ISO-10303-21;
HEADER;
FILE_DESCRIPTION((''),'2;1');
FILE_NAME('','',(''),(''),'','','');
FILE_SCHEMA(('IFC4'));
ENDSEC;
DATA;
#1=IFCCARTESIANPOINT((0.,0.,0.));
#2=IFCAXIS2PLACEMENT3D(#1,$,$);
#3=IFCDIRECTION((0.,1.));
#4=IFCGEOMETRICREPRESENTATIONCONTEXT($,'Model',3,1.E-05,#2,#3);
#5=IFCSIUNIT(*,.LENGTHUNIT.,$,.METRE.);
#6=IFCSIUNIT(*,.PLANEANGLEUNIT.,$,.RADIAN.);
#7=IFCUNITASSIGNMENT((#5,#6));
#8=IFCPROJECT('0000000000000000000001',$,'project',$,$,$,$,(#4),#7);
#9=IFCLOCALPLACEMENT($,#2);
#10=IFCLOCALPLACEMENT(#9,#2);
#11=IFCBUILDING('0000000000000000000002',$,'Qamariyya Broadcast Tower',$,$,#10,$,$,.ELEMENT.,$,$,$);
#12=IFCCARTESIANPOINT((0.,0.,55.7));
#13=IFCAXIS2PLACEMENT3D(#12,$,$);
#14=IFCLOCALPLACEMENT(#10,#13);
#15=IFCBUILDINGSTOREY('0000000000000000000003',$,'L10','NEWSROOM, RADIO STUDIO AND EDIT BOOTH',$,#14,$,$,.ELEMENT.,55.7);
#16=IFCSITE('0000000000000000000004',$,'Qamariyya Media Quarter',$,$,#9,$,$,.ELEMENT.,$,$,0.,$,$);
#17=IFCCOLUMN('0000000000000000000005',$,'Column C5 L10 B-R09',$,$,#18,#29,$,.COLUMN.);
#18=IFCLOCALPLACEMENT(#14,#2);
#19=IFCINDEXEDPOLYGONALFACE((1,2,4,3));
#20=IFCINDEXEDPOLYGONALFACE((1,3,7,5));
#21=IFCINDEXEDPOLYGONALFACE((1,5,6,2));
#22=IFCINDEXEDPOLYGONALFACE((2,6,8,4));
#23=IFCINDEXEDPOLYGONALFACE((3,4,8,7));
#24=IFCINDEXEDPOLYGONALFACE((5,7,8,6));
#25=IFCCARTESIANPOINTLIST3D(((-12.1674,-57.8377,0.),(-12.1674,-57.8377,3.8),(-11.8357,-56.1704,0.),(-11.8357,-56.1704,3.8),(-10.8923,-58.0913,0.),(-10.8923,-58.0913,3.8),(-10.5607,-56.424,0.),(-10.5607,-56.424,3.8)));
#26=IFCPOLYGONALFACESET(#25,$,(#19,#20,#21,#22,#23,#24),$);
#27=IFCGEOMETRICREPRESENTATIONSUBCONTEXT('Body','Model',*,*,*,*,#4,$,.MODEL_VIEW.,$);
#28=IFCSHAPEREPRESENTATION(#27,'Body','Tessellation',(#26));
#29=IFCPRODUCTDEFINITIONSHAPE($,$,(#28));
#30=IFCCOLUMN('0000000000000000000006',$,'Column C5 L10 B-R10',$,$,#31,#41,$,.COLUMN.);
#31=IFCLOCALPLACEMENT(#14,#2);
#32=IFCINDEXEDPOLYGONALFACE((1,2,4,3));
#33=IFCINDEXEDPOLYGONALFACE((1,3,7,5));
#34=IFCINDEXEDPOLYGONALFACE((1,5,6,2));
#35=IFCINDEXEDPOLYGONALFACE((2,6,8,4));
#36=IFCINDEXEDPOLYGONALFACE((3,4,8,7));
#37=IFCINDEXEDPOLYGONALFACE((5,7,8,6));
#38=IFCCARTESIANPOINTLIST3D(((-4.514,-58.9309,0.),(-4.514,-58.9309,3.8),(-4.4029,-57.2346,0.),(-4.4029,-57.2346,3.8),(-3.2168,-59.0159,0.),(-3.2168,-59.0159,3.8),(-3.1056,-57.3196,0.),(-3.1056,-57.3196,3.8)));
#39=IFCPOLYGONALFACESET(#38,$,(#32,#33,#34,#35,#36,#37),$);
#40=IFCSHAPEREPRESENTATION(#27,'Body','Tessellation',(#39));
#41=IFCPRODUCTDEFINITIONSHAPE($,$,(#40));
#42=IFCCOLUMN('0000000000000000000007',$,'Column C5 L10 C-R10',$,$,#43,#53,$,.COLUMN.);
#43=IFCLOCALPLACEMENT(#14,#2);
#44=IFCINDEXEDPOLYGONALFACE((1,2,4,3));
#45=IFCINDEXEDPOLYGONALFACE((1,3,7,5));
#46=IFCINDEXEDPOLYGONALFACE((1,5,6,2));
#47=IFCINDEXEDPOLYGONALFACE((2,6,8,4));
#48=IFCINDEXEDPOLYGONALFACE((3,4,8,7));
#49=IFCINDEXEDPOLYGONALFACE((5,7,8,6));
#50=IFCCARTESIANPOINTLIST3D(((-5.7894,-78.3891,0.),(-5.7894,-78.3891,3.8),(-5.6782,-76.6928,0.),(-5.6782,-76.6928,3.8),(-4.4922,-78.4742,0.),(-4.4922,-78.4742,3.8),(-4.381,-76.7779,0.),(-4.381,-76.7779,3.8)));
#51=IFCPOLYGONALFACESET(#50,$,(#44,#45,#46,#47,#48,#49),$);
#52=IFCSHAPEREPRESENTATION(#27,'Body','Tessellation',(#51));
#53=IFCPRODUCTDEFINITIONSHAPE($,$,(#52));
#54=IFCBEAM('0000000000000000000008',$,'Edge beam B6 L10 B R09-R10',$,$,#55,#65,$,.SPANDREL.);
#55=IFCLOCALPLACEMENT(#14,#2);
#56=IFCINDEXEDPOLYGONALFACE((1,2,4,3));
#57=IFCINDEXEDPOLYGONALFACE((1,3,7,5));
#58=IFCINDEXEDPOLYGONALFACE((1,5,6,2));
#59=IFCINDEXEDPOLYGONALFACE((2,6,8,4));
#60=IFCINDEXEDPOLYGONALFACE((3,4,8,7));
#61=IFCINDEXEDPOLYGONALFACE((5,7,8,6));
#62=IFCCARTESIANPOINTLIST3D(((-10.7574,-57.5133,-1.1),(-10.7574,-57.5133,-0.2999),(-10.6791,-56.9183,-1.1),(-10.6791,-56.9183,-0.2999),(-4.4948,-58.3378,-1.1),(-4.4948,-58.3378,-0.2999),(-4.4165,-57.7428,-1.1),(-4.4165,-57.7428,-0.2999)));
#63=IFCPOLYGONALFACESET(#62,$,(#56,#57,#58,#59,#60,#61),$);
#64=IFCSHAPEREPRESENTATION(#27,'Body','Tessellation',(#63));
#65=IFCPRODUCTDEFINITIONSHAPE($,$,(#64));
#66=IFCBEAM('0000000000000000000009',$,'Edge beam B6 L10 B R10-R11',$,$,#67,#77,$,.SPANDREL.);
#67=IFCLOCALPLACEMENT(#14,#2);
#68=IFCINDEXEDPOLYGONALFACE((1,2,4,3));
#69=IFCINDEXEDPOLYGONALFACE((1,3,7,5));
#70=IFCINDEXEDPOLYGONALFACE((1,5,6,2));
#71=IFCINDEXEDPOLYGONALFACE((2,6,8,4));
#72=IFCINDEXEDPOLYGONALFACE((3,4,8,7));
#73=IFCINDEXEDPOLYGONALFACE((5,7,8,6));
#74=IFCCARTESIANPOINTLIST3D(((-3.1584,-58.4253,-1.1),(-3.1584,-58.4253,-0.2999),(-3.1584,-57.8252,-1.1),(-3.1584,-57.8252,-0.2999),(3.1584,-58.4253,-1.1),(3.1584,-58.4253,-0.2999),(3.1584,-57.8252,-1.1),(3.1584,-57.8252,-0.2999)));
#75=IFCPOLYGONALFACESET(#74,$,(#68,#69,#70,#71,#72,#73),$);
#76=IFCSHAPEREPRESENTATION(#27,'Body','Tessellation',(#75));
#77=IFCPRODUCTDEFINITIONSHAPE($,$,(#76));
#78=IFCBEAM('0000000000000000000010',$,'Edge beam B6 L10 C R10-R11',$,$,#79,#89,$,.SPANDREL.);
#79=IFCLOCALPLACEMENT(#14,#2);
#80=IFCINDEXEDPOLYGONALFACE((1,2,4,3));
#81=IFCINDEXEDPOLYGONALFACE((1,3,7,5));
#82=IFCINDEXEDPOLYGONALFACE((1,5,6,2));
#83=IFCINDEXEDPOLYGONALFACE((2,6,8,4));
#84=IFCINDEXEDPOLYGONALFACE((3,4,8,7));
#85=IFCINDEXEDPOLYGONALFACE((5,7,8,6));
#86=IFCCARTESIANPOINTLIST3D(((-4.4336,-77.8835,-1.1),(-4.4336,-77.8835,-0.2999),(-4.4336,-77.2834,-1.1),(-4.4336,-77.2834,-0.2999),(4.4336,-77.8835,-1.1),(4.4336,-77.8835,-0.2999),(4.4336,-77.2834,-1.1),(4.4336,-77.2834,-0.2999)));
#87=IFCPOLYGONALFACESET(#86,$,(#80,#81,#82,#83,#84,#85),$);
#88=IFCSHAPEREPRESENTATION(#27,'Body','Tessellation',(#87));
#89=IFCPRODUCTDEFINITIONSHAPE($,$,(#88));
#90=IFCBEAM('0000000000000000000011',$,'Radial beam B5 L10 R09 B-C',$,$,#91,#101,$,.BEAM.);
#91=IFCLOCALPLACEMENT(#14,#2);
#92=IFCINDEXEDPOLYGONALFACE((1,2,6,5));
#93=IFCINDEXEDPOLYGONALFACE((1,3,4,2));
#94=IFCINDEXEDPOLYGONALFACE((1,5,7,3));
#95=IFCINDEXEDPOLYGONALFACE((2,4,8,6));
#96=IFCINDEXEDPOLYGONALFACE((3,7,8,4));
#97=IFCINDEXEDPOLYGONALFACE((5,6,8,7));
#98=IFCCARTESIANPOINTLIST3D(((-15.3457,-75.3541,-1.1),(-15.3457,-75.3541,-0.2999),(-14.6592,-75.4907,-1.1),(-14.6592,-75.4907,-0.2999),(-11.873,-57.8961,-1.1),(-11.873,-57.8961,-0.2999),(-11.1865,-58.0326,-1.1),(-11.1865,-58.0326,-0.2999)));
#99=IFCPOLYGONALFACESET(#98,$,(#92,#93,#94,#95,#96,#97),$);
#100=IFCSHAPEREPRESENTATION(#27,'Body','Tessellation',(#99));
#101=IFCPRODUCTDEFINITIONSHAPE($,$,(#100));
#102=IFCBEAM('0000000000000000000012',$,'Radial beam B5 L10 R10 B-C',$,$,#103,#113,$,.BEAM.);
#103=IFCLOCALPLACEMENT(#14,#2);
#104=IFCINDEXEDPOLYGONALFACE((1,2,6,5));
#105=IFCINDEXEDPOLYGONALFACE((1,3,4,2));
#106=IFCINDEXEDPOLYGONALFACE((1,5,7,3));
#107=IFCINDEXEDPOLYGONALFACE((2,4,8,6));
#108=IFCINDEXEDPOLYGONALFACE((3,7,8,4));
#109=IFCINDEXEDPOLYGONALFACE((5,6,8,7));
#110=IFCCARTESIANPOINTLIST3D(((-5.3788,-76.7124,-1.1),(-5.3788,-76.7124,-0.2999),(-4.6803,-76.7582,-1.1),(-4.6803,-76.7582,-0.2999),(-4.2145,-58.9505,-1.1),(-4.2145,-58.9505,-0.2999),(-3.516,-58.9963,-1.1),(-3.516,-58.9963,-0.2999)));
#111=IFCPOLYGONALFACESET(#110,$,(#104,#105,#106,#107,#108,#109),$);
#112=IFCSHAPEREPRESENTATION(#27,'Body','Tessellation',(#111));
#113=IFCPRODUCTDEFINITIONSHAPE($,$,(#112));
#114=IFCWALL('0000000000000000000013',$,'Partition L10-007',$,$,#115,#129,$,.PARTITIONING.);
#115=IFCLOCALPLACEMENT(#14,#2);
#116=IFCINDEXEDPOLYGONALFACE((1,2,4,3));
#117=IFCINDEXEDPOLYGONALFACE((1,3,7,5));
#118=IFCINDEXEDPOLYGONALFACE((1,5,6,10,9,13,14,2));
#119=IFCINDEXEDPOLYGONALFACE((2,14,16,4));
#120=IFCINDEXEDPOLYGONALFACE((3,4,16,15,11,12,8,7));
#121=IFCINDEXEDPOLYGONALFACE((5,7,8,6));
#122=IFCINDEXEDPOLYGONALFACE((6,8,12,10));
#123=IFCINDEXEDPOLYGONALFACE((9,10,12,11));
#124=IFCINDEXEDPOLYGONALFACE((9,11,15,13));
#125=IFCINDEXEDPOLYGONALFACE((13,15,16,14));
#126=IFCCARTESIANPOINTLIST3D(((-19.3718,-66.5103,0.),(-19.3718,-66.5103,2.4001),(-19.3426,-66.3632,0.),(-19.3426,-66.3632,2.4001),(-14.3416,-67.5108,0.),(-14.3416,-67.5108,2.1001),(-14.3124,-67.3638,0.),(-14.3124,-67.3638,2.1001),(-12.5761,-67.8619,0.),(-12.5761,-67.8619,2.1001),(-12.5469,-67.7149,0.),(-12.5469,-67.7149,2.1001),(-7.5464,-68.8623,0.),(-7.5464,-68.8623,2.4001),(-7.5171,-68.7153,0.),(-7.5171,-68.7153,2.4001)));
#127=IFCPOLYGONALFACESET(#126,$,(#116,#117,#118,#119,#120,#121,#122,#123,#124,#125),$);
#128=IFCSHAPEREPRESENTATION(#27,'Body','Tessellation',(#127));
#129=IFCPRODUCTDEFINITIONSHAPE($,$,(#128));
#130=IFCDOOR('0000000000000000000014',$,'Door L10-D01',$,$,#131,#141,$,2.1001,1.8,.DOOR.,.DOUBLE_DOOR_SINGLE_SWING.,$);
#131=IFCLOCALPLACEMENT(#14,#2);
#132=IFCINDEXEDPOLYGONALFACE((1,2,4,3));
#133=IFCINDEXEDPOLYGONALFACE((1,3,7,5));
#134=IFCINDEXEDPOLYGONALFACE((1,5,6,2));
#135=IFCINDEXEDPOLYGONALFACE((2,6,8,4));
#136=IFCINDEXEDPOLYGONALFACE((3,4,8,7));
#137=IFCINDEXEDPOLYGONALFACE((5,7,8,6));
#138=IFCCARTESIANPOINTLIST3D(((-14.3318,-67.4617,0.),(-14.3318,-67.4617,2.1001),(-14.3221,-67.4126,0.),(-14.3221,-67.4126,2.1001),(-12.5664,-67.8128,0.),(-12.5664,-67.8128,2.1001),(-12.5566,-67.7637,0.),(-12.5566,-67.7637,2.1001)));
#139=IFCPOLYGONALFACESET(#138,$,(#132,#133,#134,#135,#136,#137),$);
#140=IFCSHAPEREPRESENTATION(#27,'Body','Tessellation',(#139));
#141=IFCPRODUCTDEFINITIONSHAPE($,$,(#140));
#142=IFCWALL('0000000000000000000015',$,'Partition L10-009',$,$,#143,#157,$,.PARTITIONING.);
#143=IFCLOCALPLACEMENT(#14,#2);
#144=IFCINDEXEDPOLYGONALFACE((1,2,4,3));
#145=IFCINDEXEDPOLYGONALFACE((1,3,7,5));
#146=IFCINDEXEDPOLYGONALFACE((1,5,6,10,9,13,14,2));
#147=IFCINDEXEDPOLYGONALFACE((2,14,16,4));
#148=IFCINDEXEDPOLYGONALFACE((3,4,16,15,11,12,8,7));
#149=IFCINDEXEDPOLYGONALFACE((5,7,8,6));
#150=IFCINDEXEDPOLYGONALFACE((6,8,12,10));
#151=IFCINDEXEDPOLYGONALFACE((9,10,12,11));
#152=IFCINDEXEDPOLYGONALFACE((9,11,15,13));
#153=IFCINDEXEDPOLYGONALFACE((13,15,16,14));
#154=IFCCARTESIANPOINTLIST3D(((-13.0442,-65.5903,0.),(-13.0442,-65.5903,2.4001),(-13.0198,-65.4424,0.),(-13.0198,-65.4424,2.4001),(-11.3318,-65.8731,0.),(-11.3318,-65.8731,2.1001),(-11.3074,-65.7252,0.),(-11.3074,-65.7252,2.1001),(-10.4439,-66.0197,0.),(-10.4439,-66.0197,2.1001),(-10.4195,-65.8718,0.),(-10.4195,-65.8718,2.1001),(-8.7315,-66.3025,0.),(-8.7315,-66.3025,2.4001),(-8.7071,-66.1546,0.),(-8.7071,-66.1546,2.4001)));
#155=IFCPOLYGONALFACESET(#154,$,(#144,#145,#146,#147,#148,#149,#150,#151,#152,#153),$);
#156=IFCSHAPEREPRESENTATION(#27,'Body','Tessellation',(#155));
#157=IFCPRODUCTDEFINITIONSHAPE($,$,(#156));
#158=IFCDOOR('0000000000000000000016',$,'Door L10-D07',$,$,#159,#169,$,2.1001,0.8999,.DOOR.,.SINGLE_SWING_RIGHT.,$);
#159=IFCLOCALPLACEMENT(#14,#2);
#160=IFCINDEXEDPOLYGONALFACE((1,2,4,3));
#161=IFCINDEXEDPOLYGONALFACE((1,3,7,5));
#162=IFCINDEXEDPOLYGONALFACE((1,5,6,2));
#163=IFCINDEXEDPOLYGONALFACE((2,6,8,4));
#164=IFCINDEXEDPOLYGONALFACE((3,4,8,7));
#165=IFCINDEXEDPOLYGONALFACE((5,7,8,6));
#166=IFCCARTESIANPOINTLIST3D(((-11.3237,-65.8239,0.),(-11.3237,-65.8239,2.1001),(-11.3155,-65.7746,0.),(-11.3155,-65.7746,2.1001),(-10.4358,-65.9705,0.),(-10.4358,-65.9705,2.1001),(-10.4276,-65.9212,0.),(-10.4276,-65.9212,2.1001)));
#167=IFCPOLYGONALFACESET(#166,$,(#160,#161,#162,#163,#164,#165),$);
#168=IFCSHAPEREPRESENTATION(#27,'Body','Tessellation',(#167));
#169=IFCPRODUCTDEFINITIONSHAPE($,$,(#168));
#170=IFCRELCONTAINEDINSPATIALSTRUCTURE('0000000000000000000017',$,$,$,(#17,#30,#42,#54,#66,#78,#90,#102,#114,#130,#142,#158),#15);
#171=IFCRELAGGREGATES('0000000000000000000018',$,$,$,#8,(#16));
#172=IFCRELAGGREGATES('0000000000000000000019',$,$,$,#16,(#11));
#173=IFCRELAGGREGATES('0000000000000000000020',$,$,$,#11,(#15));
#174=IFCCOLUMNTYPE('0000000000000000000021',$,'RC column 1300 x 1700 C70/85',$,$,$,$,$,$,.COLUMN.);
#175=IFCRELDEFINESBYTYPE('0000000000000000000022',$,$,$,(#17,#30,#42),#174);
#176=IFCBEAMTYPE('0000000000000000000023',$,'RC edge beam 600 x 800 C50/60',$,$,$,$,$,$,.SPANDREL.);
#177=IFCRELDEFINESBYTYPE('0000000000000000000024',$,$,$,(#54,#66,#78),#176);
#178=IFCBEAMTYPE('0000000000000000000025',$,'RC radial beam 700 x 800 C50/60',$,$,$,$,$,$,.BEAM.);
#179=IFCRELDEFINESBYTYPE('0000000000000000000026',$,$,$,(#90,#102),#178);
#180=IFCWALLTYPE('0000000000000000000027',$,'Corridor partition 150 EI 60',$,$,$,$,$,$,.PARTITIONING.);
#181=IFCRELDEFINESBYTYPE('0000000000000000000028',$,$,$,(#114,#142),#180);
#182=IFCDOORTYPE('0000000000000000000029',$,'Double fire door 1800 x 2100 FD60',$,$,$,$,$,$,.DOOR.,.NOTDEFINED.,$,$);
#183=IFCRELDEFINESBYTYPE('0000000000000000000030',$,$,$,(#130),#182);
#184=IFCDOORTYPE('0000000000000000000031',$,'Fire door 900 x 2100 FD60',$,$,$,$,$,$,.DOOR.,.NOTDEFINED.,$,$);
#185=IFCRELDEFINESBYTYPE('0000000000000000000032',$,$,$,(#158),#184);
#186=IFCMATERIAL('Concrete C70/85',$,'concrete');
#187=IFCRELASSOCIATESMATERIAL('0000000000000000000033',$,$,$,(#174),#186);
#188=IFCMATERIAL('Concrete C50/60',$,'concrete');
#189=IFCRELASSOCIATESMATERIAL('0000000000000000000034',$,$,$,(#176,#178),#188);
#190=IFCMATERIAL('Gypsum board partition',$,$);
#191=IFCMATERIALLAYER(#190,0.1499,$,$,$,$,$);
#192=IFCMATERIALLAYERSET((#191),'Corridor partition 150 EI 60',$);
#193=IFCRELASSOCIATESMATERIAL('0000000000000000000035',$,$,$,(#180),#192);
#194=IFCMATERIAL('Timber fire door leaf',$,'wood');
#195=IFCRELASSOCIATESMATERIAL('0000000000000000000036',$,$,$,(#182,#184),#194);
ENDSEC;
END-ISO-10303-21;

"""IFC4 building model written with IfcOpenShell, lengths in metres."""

from ifc_helpers import new_model, si_unit, direction, frame, frame_2d, origin, origin_2d, place, context, subcontext, project, spatial, rectangle, extrude, material, layer, layer_set, material_profile, profile_set, type_object, element, fill, save


model = new_model("IFC4")

# Units and contexts
model_context = context("Model", 3, precision=1e-05, world=origin(), true_north=direction((0.0, 1.0)))
body_context = subcontext(model_context, "Body", "Model", "MODEL_VIEW")
ifc_project = project(units=[si_unit("LENGTHUNIT", "METRE"), si_unit("PLANEANGLEUNIT", "RADIAN")], contexts=[model_context])

# Site, building, storey
site_placement = place(None, origin())
site = spatial("IfcSite", under=ifc_project, at=site_placement, Name="Qamariyya Media Quarter", CompositionType="ELEMENT", RefElevation=0.0)
building_placement = place(site_placement, origin())
building = spatial("IfcBuilding", under=site, at=building_placement, Name="Qamariyya Broadcast Tower", CompositionType="ELEMENT")
storey_placement = place(building_placement, frame((0.0, 0.0, 55.7)))
storey = spatial("IfcBuildingStorey", under=building, at=storey_placement, Name="L10", Description="NEWSROOM, RADIO STUDIO AND EDIT BOOTH", CompositionType="ELEMENT", Elevation=55.7)

# Columns
ifc_material_1 = material(Name="Concrete C70/85", Category="concrete")
ifc_material_profile_1 = material_profile(ifc_material_1, rectangle(XDim=1.3, YDim=1.7, at=origin_2d()))
ifc_profile_set_1 = profile_set([ifc_material_profile_1], Name="Concrete C70/85")
column_type = type_object("IfcColumnType", Name="RC column 1300 x 1700 C70/85", PredefinedType="COLUMN", material=ifc_profile_set_1)
for number, where, z_axis, x_axis, name in (
    (1, (-11.364, -57.1309, 0.0), (0.0, 0.0, 1.0), (0.980785, -0.19509, 0.0), "Column C5 L10 B-R09"),
    (2, (-3.8098, -58.1252, 0.0), (0.0, 0.0, 1.0), (0.997859, -0.065403, 0.0), "Column C5 L10 B-R10"),
    (3, (-5.0852, -77.5835, 0.0), (0.0, 0.0, 1.0), (0.997859, -0.065403, 0.0), "Column C5 L10 C-R10"),
):
    element("IfcColumn", number, at=place(storey_placement, frame(where, z_axis=z_axis, x_axis=x_axis)), inside=storey, type_object=column_type, Name=name, PredefinedType="COLUMN", context=body_context, shape_type="SweptSolid", body=[
        extrude(rectangle(XDim=1.3, YDim=1.7, at=origin_2d()), origin(), (0.0, 0.0, 1.0), 3.8),
    ])

# Beams
ifc_material_2 = material(Name="Concrete C50/60", Category="concrete")
ifc_material_profile_2 = material_profile(ifc_material_2, rectangle(XDim=0.6001, YDim=0.8, at=origin_2d()))
ifc_profile_set_2 = profile_set([ifc_material_profile_2], Name="Concrete C50/60")
beam_type_1 = type_object("IfcBeamType", Name="RC edge beam 600 x 800 C50/60", PredefinedType="SPANDREL", material=ifc_profile_set_2)
beam_1_placement = place(storey_placement, frame((-10.7183, -57.2158, -0.7), z_axis=(0.991446, -0.13052, 0.0), x_axis=(0.13052, 0.991446, 0.0)))
element("IfcBeam", 4, at=beam_1_placement, inside=storey, type_object=beam_type_1, Name="Edge beam B6 L10 B R09-R10", PredefinedType="SPANDREL", context=body_context, shape_type="SweptSolid", body=[
    extrude(rectangle(XDim=0.6001, YDim=0.8, at=origin_2d()), origin(), (0.0, 0.0, 1.0), 6.3167),
])
beam_2_placement = place(storey_placement, frame((-3.1584, -58.1252, -0.7), z_axis=(1.0, 0.0, 0.0), x_axis=(0.0, 1.0, 0.0)))
element("IfcBeam", 5, at=beam_2_placement, inside=storey, type_object=beam_type_1, Name="Edge beam B6 L10 B R10-R11", PredefinedType="SPANDREL", context=body_context, shape_type="SweptSolid", body=[
    extrude(rectangle(XDim=0.6001, YDim=0.8, at=origin_2d()), origin(), (0.0, 0.0, 1.0), 6.3169),
])
beam_3_placement = place(storey_placement, frame((-4.4336, -77.5835, -0.7), z_axis=(1.0, 0.0, 0.0), x_axis=(0.0, 1.0, 0.0)))
element("IfcBeam", 6, at=beam_3_placement, inside=storey, type_object=beam_type_1, Name="Edge beam B6 L10 C R10-R11", PredefinedType="SPANDREL", context=body_context, shape_type="SweptSolid", body=[
    extrude(rectangle(XDim=0.6001, YDim=0.8, at=origin_2d()), origin(), (0.0, 0.0, 1.0), 8.8672),
])
ifc_material_profile_3 = material_profile(ifc_material_2, rectangle(XDim=0.7, YDim=0.8, at=origin_2d()))
ifc_profile_set_3 = profile_set([ifc_material_profile_3], Name="Concrete C50/60")
beam_type_2 = type_object("IfcBeamType", Name="RC radial beam 700 x 800 C50/60", PredefinedType="BEAM", material=ifc_profile_set_3)
for number, where, z_axis, x_axis, name in (
    (7, (-11.5298, -57.9644, -0.7), (-0.195093, -0.980785, 0.0), (0.980785, -0.195093, 0.0), "Radial beam B5 L10 R09 B-C"),
    (8, (-3.8652, -58.9734, -0.7), (-0.06541, -0.997858, 0.0), (0.997858, -0.06541, 0.0), "Radial beam B5 L10 R10 B-C"),
):
    element("IfcBeam", number, at=place(storey_placement, frame(where, z_axis=z_axis, x_axis=x_axis)), inside=storey, type_object=beam_type_2, Name=name, PredefinedType="BEAM", context=body_context, shape_type="SweptSolid", body=[
        extrude(rectangle(XDim=0.7, YDim=0.8, at=origin_2d()), origin(), (0.0, 0.0, 1.0), 17.8),
    ])

# Walls, openings, doors
ifc_material_3 = material(Name="Gypsum board partition")
ifc_layer_1 = layer(ifc_material_3, 0.1499)
ifc_layer_set_1 = layer_set([ifc_layer_1], Name="Corridor partition 150 EI 60")
wall_type_1 = type_object("IfcWallType", Name="Corridor partition 150 EI 60", PredefinedType="PARTITIONING", material=ifc_layer_set_1)
wall_1_placement = place(storey_placement, frame((-7.5317, -68.7888, 0.0), z_axis=(0.0, 0.0, 1.0), x_axis=(-0.980788, 0.195076, 0.0)))
wall_1 = element("IfcWall", 9, at=wall_1_placement, inside=storey, type_object=wall_type_1, Name="Partition L10-007", PredefinedType="PARTITIONING", context=body_context, shape_type="SweptSolid", body=[
    extrude(rectangle(XDim=12.0571, YDim=0.1499, at=frame_2d((6.0286, 0.0))), origin(), (0.0, 0.0, 1.0), 2.4001),
])
opening_1_placement = place(wall_1_placement, frame((5.1284, 0.0, 0.0)))
opening_1 = element("IfcOpeningElement", 10, at=opening_1_placement, cuts=wall_1, PredefinedType="OPENING", context=body_context, shape_type="SweptSolid", body=[
    extrude(rectangle(XDim=1.8, YDim=2.1001, at=frame_2d((0.8999, 1.05))), frame((0.0, 0.085, 0.0), z_axis=(0.0, -1.0, 0.0), x_axis=(1.0, 0.0, 0.0)), (0.0, 0.0, 1.0), 0.1699),
])
ifc_material_4 = material(Name="Timber fire door leaf", Category="wood")
door_type_1 = type_object("IfcDoorType", Name="Double fire door 1800 x 2100 FD60", OperationType="NOTDEFINED", PredefinedType="DOOR", material=ifc_material_4)
door_1_placement = place(opening_1_placement, origin())
door_1 = element("IfcDoor", 11, at=door_1_placement, inside=storey, type_object=door_type_1, Name="Door L10-D01", OperationType="DOUBLE_DOOR_SINGLE_SWING", OverallHeight=2.1001, OverallWidth=1.8, PredefinedType="DOOR", context=body_context, shape_type="SweptSolid", body=[
    extrude(rectangle(XDim=1.8, YDim=2.1001, at=frame_2d((0.8999, 1.05))), frame((0.0, 0.0249, 0.0), z_axis=(0.0, -1.0, 0.0), x_axis=(1.0, 0.0, 0.0)), (0.0, 0.0, 1.0), 0.05),
])
fill(opening_1, door_1)
wall_2_placement = place(storey_placement, frame((-13.032, -65.5164, 0.0), z_axis=(0.0, 0.0, 1.0), x_axis=(0.986639, -0.162922, 0.0)))
wall_2 = element("IfcWall", 12, at=wall_2_placement, inside=storey, type_object=wall_type_1, Name="Partition L10-009", PredefinedType="PARTITIONING", context=body_context, shape_type="SweptSolid", body=[
    extrude(rectangle(XDim=4.3711, YDim=0.1499, at=frame_2d((2.1855, 0.0))), origin(), (0.0, 0.0, 1.0), 2.4001),
])
opening_2_placement = place(wall_2_placement, frame((1.7356, 0.0, 0.0)))
opening_2 = element("IfcOpeningElement", 13, at=opening_2_placement, cuts=wall_2, PredefinedType="OPENING", context=body_context, shape_type="SweptSolid", body=[
    extrude(rectangle(XDim=0.8999, YDim=2.1001, at=frame_2d((0.45, 1.05))), frame((0.0, 0.085, 0.0), z_axis=(0.0, -1.0, 0.0), x_axis=(1.0, 0.0, 0.0)), (0.0, 0.0, 1.0), 0.1699),
])
door_type_2 = type_object("IfcDoorType", Name="Fire door 900 x 2100 FD60", OperationType="NOTDEFINED", PredefinedType="DOOR", material=ifc_material_4)
door_2_placement = place(opening_2_placement, origin())
door_2 = element("IfcDoor", 14, at=door_2_placement, inside=storey, type_object=door_type_2, Name="Door L10-D07", OperationType="SINGLE_SWING_RIGHT", OverallHeight=2.1001, OverallWidth=0.8999, PredefinedType="DOOR", context=body_context, shape_type="SweptSolid", body=[
    extrude(rectangle(XDim=0.8999, YDim=2.1001, at=frame_2d((0.45, 1.05))), frame((0.0, 0.0249, 0.0), z_axis=(0.0, -1.0, 0.0), x_axis=(1.0, 0.0, 0.0)), (0.0, 0.0, 1.0), 0.05),
])
fill(opening_2, door_2)

save(model, "model.ifc")
